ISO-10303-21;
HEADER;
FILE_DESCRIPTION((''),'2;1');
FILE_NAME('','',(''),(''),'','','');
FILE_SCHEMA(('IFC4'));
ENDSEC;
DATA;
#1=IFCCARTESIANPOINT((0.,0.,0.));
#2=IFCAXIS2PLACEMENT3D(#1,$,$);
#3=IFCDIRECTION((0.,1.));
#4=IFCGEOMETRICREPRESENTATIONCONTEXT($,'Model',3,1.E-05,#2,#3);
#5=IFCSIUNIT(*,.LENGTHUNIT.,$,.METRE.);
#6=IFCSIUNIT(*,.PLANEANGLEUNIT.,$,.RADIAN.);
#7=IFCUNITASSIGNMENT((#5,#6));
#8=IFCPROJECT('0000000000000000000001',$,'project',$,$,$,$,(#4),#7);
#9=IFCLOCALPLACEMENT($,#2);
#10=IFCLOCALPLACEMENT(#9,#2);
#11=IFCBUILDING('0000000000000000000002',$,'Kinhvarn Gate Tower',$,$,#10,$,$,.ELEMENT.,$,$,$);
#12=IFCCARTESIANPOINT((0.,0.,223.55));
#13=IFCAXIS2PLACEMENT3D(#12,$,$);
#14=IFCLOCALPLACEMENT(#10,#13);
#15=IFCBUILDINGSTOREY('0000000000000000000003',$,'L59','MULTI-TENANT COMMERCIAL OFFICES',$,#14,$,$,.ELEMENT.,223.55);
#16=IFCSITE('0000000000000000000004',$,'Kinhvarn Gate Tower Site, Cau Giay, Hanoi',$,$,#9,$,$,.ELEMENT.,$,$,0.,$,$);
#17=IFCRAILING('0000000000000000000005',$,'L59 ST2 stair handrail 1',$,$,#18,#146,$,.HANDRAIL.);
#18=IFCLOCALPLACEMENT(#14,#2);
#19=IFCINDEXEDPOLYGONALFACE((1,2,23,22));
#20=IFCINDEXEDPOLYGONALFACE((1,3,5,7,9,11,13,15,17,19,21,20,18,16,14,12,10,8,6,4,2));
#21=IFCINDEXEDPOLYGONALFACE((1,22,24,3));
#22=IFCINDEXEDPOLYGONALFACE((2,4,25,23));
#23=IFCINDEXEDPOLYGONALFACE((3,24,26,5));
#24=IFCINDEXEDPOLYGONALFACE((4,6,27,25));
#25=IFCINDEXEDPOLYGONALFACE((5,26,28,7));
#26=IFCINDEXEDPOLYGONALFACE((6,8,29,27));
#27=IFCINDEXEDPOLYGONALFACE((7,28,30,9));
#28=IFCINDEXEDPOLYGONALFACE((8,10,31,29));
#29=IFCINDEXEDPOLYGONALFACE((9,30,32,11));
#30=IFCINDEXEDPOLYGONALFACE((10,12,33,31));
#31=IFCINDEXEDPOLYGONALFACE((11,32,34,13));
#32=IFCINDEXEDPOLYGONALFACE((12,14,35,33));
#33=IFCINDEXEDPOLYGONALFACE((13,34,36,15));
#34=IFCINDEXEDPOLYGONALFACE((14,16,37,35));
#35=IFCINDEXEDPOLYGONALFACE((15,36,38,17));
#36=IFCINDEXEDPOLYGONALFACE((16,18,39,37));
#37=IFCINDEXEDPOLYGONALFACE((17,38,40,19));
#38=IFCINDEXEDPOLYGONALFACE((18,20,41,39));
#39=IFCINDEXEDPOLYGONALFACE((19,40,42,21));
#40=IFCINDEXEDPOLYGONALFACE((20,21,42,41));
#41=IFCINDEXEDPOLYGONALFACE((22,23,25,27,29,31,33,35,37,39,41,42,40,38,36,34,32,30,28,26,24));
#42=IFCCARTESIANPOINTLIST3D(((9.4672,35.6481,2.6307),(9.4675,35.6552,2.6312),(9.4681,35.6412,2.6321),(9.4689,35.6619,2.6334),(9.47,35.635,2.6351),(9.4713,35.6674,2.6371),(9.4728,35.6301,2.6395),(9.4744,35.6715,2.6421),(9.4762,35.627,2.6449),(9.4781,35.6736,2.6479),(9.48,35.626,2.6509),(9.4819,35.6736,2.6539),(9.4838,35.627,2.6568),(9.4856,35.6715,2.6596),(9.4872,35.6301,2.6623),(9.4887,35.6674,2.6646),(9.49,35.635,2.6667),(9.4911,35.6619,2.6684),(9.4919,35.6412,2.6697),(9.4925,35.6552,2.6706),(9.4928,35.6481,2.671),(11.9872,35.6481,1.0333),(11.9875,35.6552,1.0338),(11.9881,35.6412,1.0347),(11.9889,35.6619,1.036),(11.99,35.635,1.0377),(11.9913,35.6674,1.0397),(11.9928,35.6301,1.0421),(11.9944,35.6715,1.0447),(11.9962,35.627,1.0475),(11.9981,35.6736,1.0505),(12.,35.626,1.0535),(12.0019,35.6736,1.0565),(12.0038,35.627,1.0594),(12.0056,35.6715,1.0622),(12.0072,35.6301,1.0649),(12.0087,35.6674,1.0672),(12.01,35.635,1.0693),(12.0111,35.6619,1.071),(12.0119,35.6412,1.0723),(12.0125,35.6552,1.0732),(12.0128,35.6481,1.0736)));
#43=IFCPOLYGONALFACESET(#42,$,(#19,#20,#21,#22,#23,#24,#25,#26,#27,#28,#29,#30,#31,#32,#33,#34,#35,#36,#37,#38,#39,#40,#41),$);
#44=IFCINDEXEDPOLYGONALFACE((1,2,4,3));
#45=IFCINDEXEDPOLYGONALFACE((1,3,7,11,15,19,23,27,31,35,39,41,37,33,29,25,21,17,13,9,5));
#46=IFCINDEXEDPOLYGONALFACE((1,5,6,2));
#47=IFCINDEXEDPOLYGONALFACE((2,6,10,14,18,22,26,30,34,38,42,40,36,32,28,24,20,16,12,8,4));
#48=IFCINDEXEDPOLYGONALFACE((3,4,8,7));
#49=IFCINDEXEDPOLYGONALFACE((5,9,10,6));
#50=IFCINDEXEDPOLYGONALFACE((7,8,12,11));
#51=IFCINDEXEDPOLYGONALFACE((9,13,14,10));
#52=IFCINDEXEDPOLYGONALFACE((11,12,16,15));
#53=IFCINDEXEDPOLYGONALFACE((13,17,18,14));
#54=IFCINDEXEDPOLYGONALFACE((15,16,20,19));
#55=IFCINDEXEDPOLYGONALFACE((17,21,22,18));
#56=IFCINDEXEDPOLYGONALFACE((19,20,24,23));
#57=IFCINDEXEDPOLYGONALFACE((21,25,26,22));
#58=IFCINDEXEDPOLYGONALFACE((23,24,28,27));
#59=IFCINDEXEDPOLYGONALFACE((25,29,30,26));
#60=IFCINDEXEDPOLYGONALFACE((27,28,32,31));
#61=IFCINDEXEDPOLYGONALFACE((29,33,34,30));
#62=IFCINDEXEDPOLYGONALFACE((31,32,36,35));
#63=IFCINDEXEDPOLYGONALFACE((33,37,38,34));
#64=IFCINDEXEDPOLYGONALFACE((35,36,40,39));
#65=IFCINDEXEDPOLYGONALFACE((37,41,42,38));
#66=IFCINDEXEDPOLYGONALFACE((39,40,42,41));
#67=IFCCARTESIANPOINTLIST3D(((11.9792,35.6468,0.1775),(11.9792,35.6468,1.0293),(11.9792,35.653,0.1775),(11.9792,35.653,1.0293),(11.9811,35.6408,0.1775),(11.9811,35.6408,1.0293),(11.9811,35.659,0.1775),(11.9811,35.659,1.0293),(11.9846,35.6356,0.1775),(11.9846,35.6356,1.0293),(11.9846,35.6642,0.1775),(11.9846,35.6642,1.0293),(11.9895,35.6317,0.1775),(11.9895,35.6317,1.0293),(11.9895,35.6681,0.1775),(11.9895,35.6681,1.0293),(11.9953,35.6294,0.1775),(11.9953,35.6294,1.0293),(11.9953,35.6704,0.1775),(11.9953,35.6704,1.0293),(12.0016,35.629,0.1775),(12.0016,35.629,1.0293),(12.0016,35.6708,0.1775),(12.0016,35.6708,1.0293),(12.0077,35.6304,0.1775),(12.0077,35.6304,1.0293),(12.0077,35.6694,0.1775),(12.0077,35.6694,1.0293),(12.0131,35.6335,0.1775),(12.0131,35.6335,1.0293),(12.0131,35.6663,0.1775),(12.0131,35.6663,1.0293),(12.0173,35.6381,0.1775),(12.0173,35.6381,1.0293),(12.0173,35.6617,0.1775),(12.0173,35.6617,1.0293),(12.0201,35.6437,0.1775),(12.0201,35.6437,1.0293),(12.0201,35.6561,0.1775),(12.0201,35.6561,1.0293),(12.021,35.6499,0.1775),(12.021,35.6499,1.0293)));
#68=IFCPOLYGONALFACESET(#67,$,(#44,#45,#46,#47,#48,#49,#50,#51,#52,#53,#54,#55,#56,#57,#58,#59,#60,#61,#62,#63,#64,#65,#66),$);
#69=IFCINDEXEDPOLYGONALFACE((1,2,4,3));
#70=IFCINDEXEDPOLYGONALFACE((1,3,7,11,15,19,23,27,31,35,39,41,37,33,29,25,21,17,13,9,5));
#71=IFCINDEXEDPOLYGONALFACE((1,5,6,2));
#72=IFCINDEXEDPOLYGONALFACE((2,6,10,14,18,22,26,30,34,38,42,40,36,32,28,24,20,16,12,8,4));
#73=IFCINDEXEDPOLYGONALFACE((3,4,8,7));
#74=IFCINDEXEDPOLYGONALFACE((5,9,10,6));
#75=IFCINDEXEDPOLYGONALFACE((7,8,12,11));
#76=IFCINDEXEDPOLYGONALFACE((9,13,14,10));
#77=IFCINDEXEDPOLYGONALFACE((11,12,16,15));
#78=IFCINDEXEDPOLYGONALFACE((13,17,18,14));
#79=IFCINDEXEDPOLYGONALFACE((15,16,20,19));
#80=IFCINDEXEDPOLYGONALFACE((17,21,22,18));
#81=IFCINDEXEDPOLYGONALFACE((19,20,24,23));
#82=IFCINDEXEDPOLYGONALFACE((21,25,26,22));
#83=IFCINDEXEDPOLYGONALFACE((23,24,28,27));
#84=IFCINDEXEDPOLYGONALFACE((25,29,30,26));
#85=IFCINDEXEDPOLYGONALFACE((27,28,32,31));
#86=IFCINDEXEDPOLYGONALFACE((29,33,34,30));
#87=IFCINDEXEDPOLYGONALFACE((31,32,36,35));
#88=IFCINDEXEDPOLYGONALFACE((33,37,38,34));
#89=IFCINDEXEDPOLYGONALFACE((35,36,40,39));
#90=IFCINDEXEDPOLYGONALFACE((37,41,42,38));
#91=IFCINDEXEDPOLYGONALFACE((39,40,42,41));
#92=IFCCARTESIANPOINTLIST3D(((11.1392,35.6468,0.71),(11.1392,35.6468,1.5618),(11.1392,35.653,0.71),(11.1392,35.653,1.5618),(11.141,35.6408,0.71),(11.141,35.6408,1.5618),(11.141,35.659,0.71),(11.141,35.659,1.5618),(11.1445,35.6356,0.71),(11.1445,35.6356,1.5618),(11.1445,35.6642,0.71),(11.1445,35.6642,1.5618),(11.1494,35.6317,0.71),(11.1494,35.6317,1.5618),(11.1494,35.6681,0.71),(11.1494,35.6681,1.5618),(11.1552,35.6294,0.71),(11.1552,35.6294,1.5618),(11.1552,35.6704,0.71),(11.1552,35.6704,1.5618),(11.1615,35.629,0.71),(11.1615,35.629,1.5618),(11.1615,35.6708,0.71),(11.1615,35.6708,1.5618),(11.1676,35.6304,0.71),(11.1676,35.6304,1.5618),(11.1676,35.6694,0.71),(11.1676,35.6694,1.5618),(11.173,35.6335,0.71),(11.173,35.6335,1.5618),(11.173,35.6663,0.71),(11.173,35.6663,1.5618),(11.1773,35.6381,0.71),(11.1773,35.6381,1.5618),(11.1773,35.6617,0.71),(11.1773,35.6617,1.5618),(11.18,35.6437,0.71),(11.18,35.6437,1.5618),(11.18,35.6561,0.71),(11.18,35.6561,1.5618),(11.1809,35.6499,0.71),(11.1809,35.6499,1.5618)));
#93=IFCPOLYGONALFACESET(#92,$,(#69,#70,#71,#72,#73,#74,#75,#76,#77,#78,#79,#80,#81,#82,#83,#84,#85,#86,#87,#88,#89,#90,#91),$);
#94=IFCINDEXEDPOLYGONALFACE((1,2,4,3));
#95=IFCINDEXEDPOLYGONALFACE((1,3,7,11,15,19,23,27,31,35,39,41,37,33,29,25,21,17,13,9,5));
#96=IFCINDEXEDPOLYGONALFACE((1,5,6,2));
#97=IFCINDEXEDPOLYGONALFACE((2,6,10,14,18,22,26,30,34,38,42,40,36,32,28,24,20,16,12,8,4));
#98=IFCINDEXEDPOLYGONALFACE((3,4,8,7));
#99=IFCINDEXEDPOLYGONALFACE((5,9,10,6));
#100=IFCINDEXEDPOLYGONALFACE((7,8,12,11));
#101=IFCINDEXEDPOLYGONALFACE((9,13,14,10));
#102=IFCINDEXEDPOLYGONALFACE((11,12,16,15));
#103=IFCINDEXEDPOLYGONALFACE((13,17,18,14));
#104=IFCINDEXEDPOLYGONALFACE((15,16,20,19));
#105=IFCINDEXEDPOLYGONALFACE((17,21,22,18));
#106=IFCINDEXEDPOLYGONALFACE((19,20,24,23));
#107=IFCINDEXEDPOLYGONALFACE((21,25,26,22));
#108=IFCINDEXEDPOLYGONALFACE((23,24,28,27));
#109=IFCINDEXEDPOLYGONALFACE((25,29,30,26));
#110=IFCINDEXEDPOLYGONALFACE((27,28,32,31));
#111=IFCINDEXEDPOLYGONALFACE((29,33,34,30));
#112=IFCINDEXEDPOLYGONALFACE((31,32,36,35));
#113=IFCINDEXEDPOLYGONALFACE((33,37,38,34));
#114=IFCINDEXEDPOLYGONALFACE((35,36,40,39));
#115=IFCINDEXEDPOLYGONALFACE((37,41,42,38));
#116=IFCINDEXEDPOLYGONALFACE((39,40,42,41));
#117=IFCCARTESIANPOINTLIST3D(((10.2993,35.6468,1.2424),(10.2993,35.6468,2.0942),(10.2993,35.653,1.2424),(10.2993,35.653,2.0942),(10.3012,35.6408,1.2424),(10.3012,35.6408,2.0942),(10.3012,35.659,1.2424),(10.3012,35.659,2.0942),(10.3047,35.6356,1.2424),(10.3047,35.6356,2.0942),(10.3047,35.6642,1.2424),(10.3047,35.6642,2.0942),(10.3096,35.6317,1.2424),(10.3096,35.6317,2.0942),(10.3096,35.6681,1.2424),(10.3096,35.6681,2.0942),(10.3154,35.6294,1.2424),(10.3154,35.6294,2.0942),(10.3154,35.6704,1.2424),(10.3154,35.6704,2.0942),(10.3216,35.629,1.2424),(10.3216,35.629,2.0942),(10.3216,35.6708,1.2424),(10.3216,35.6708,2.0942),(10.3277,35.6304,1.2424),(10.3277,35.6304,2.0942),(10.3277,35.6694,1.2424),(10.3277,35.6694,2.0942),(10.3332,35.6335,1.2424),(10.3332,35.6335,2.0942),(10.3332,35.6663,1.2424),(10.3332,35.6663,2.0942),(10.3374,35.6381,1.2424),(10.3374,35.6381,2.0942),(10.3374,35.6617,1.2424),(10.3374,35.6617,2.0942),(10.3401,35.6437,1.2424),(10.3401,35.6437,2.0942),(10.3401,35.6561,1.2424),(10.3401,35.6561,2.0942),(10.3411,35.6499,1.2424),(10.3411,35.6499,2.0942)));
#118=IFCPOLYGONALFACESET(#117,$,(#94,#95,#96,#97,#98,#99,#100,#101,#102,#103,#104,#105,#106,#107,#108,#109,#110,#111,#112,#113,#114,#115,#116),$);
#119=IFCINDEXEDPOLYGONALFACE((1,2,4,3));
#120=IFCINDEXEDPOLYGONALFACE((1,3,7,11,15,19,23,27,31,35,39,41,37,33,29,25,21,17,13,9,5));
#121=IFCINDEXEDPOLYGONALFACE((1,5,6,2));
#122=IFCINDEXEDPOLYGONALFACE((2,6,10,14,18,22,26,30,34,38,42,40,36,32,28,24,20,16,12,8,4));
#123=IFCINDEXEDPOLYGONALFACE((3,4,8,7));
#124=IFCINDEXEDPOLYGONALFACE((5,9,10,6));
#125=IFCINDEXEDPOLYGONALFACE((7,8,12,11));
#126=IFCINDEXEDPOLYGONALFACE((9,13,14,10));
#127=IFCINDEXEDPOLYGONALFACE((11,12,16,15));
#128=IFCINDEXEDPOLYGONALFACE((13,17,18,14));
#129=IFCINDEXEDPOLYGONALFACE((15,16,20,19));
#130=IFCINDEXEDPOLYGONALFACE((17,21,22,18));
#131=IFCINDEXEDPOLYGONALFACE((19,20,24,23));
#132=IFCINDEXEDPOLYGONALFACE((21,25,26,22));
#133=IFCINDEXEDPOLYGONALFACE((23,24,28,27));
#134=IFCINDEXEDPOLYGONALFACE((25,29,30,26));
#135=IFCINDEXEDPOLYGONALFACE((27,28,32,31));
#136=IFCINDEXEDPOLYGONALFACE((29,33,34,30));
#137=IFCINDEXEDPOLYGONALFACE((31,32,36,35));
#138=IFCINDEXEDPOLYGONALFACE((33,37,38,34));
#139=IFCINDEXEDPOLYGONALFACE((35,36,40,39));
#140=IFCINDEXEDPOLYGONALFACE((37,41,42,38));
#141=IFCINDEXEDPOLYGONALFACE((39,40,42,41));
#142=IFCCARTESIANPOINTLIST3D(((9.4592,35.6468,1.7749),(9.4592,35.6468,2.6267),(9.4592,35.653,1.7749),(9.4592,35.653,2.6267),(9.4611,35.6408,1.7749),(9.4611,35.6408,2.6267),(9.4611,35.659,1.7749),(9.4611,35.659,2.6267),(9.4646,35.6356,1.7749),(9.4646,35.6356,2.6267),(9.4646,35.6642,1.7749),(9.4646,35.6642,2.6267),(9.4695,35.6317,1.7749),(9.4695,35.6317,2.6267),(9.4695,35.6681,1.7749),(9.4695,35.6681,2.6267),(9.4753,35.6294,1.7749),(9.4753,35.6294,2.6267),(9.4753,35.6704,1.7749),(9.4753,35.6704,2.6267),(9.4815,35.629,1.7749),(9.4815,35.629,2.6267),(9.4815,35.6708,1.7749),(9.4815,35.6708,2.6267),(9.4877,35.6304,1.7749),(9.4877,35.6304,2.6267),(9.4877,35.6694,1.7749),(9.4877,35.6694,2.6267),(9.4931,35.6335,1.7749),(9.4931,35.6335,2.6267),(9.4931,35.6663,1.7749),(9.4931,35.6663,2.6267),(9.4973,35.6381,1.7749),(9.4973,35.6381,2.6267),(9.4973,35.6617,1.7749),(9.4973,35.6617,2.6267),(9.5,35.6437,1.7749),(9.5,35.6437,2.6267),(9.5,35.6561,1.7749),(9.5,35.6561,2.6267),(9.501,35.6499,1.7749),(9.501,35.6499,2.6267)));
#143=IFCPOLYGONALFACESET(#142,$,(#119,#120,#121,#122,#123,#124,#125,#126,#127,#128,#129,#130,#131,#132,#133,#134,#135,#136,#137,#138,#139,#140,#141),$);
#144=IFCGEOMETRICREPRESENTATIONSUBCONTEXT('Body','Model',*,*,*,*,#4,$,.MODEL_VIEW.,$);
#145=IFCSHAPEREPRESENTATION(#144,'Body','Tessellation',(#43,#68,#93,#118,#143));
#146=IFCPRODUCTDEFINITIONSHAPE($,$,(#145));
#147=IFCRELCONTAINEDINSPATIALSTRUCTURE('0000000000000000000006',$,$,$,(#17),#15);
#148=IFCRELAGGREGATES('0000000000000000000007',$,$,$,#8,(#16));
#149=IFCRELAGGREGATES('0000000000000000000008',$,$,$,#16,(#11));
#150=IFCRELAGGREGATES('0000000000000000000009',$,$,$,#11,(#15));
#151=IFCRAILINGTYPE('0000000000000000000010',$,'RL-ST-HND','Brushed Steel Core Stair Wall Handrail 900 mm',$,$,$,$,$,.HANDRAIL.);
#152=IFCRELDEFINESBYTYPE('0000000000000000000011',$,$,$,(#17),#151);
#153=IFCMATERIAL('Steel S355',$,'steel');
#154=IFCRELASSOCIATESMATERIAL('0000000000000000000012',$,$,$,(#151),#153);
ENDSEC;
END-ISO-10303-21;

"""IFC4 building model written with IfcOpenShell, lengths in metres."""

from ifc_helpers import new_model, si_unit, direction, frame, origin, origin_2d, place, context, subcontext, project, spatial, circle, extrude, material, type_object, element, save


model = new_model("IFC4")

# Units and contexts
model_context = context("Model", 3, precision=1e-05, world=origin(), true_north=direction((0.0, 1.0)))
body_context = subcontext(model_context, "Body", "Model", "MODEL_VIEW")
ifc_project = project(units=[si_unit("LENGTHUNIT", "METRE"), si_unit("PLANEANGLEUNIT", "RADIAN")], contexts=[model_context])

# Site, building, storey
site_placement = place(None, origin())
site = spatial("IfcSite", under=ifc_project, at=site_placement, Name="Kinhvarn Gate Tower Site, Cau Giay, Hanoi", CompositionType="ELEMENT", RefElevation=0.0)
building_placement = place(site_placement, origin())
building = spatial("IfcBuilding", under=site, at=building_placement, Name="Kinhvarn Gate Tower", CompositionType="ELEMENT")
storey_placement = place(building_placement, frame((0.0, 0.0, 223.55)))
storey = spatial("IfcBuildingStorey", under=building, at=storey_placement, Name="L59", Description="MULTI-TENANT COMMERCIAL OFFICES", CompositionType="ELEMENT", Elevation=223.55)

# Shared definitions
ifc_material_1 = material(Name="Steel S355", Category="steel")

# Railing
railing_type_1 = type_object("IfcRailingType", Name="RL-ST-HND", Description="Brushed Steel Core Stair Wall Handrail 900 mm", PredefinedType="HANDRAIL", material=ifc_material_1)
railing_1_placement = place(storey_placement, frame((12.0, 35.6499, 0.1775)))
element("IfcRailing", 1, at=railing_1_placement, inside=storey, type_object=railing_type_1, Name="L59 ST2 stair handrail 1", PredefinedType="HANDRAIL", context=body_context, shape_type="SweptSolid", body=[
    extrude(circle(Radius=0.0239, at=origin_2d()), frame((0.0, 0.0, 0.876), z_axis=(-0.844607, 0.0, 0.535387), x_axis=(0.0, -1.0, 0.0)), (0.0, 0.0, 1.0), 2.9836),
    extrude(circle(Radius=0.021, at=origin_2d()), origin(), (0.0, 0.0, 1.0), 0.8518),
    extrude(circle(Radius=0.021, at=origin_2d()), frame((-0.8401, 0.0, 0.5325)), (0.0, 0.0, 1.0), 0.8518),
    extrude(circle(Radius=0.021, at=origin_2d()), frame((-1.6799, 0.0, 1.0649)), (0.0, 0.0, 1.0), 0.8518),
    extrude(circle(Radius=0.021, at=origin_2d()), frame((-2.52, 0.0, 1.5974)), (0.0, 0.0, 1.0), 0.8518),
])

save(model, "model.ifc")
